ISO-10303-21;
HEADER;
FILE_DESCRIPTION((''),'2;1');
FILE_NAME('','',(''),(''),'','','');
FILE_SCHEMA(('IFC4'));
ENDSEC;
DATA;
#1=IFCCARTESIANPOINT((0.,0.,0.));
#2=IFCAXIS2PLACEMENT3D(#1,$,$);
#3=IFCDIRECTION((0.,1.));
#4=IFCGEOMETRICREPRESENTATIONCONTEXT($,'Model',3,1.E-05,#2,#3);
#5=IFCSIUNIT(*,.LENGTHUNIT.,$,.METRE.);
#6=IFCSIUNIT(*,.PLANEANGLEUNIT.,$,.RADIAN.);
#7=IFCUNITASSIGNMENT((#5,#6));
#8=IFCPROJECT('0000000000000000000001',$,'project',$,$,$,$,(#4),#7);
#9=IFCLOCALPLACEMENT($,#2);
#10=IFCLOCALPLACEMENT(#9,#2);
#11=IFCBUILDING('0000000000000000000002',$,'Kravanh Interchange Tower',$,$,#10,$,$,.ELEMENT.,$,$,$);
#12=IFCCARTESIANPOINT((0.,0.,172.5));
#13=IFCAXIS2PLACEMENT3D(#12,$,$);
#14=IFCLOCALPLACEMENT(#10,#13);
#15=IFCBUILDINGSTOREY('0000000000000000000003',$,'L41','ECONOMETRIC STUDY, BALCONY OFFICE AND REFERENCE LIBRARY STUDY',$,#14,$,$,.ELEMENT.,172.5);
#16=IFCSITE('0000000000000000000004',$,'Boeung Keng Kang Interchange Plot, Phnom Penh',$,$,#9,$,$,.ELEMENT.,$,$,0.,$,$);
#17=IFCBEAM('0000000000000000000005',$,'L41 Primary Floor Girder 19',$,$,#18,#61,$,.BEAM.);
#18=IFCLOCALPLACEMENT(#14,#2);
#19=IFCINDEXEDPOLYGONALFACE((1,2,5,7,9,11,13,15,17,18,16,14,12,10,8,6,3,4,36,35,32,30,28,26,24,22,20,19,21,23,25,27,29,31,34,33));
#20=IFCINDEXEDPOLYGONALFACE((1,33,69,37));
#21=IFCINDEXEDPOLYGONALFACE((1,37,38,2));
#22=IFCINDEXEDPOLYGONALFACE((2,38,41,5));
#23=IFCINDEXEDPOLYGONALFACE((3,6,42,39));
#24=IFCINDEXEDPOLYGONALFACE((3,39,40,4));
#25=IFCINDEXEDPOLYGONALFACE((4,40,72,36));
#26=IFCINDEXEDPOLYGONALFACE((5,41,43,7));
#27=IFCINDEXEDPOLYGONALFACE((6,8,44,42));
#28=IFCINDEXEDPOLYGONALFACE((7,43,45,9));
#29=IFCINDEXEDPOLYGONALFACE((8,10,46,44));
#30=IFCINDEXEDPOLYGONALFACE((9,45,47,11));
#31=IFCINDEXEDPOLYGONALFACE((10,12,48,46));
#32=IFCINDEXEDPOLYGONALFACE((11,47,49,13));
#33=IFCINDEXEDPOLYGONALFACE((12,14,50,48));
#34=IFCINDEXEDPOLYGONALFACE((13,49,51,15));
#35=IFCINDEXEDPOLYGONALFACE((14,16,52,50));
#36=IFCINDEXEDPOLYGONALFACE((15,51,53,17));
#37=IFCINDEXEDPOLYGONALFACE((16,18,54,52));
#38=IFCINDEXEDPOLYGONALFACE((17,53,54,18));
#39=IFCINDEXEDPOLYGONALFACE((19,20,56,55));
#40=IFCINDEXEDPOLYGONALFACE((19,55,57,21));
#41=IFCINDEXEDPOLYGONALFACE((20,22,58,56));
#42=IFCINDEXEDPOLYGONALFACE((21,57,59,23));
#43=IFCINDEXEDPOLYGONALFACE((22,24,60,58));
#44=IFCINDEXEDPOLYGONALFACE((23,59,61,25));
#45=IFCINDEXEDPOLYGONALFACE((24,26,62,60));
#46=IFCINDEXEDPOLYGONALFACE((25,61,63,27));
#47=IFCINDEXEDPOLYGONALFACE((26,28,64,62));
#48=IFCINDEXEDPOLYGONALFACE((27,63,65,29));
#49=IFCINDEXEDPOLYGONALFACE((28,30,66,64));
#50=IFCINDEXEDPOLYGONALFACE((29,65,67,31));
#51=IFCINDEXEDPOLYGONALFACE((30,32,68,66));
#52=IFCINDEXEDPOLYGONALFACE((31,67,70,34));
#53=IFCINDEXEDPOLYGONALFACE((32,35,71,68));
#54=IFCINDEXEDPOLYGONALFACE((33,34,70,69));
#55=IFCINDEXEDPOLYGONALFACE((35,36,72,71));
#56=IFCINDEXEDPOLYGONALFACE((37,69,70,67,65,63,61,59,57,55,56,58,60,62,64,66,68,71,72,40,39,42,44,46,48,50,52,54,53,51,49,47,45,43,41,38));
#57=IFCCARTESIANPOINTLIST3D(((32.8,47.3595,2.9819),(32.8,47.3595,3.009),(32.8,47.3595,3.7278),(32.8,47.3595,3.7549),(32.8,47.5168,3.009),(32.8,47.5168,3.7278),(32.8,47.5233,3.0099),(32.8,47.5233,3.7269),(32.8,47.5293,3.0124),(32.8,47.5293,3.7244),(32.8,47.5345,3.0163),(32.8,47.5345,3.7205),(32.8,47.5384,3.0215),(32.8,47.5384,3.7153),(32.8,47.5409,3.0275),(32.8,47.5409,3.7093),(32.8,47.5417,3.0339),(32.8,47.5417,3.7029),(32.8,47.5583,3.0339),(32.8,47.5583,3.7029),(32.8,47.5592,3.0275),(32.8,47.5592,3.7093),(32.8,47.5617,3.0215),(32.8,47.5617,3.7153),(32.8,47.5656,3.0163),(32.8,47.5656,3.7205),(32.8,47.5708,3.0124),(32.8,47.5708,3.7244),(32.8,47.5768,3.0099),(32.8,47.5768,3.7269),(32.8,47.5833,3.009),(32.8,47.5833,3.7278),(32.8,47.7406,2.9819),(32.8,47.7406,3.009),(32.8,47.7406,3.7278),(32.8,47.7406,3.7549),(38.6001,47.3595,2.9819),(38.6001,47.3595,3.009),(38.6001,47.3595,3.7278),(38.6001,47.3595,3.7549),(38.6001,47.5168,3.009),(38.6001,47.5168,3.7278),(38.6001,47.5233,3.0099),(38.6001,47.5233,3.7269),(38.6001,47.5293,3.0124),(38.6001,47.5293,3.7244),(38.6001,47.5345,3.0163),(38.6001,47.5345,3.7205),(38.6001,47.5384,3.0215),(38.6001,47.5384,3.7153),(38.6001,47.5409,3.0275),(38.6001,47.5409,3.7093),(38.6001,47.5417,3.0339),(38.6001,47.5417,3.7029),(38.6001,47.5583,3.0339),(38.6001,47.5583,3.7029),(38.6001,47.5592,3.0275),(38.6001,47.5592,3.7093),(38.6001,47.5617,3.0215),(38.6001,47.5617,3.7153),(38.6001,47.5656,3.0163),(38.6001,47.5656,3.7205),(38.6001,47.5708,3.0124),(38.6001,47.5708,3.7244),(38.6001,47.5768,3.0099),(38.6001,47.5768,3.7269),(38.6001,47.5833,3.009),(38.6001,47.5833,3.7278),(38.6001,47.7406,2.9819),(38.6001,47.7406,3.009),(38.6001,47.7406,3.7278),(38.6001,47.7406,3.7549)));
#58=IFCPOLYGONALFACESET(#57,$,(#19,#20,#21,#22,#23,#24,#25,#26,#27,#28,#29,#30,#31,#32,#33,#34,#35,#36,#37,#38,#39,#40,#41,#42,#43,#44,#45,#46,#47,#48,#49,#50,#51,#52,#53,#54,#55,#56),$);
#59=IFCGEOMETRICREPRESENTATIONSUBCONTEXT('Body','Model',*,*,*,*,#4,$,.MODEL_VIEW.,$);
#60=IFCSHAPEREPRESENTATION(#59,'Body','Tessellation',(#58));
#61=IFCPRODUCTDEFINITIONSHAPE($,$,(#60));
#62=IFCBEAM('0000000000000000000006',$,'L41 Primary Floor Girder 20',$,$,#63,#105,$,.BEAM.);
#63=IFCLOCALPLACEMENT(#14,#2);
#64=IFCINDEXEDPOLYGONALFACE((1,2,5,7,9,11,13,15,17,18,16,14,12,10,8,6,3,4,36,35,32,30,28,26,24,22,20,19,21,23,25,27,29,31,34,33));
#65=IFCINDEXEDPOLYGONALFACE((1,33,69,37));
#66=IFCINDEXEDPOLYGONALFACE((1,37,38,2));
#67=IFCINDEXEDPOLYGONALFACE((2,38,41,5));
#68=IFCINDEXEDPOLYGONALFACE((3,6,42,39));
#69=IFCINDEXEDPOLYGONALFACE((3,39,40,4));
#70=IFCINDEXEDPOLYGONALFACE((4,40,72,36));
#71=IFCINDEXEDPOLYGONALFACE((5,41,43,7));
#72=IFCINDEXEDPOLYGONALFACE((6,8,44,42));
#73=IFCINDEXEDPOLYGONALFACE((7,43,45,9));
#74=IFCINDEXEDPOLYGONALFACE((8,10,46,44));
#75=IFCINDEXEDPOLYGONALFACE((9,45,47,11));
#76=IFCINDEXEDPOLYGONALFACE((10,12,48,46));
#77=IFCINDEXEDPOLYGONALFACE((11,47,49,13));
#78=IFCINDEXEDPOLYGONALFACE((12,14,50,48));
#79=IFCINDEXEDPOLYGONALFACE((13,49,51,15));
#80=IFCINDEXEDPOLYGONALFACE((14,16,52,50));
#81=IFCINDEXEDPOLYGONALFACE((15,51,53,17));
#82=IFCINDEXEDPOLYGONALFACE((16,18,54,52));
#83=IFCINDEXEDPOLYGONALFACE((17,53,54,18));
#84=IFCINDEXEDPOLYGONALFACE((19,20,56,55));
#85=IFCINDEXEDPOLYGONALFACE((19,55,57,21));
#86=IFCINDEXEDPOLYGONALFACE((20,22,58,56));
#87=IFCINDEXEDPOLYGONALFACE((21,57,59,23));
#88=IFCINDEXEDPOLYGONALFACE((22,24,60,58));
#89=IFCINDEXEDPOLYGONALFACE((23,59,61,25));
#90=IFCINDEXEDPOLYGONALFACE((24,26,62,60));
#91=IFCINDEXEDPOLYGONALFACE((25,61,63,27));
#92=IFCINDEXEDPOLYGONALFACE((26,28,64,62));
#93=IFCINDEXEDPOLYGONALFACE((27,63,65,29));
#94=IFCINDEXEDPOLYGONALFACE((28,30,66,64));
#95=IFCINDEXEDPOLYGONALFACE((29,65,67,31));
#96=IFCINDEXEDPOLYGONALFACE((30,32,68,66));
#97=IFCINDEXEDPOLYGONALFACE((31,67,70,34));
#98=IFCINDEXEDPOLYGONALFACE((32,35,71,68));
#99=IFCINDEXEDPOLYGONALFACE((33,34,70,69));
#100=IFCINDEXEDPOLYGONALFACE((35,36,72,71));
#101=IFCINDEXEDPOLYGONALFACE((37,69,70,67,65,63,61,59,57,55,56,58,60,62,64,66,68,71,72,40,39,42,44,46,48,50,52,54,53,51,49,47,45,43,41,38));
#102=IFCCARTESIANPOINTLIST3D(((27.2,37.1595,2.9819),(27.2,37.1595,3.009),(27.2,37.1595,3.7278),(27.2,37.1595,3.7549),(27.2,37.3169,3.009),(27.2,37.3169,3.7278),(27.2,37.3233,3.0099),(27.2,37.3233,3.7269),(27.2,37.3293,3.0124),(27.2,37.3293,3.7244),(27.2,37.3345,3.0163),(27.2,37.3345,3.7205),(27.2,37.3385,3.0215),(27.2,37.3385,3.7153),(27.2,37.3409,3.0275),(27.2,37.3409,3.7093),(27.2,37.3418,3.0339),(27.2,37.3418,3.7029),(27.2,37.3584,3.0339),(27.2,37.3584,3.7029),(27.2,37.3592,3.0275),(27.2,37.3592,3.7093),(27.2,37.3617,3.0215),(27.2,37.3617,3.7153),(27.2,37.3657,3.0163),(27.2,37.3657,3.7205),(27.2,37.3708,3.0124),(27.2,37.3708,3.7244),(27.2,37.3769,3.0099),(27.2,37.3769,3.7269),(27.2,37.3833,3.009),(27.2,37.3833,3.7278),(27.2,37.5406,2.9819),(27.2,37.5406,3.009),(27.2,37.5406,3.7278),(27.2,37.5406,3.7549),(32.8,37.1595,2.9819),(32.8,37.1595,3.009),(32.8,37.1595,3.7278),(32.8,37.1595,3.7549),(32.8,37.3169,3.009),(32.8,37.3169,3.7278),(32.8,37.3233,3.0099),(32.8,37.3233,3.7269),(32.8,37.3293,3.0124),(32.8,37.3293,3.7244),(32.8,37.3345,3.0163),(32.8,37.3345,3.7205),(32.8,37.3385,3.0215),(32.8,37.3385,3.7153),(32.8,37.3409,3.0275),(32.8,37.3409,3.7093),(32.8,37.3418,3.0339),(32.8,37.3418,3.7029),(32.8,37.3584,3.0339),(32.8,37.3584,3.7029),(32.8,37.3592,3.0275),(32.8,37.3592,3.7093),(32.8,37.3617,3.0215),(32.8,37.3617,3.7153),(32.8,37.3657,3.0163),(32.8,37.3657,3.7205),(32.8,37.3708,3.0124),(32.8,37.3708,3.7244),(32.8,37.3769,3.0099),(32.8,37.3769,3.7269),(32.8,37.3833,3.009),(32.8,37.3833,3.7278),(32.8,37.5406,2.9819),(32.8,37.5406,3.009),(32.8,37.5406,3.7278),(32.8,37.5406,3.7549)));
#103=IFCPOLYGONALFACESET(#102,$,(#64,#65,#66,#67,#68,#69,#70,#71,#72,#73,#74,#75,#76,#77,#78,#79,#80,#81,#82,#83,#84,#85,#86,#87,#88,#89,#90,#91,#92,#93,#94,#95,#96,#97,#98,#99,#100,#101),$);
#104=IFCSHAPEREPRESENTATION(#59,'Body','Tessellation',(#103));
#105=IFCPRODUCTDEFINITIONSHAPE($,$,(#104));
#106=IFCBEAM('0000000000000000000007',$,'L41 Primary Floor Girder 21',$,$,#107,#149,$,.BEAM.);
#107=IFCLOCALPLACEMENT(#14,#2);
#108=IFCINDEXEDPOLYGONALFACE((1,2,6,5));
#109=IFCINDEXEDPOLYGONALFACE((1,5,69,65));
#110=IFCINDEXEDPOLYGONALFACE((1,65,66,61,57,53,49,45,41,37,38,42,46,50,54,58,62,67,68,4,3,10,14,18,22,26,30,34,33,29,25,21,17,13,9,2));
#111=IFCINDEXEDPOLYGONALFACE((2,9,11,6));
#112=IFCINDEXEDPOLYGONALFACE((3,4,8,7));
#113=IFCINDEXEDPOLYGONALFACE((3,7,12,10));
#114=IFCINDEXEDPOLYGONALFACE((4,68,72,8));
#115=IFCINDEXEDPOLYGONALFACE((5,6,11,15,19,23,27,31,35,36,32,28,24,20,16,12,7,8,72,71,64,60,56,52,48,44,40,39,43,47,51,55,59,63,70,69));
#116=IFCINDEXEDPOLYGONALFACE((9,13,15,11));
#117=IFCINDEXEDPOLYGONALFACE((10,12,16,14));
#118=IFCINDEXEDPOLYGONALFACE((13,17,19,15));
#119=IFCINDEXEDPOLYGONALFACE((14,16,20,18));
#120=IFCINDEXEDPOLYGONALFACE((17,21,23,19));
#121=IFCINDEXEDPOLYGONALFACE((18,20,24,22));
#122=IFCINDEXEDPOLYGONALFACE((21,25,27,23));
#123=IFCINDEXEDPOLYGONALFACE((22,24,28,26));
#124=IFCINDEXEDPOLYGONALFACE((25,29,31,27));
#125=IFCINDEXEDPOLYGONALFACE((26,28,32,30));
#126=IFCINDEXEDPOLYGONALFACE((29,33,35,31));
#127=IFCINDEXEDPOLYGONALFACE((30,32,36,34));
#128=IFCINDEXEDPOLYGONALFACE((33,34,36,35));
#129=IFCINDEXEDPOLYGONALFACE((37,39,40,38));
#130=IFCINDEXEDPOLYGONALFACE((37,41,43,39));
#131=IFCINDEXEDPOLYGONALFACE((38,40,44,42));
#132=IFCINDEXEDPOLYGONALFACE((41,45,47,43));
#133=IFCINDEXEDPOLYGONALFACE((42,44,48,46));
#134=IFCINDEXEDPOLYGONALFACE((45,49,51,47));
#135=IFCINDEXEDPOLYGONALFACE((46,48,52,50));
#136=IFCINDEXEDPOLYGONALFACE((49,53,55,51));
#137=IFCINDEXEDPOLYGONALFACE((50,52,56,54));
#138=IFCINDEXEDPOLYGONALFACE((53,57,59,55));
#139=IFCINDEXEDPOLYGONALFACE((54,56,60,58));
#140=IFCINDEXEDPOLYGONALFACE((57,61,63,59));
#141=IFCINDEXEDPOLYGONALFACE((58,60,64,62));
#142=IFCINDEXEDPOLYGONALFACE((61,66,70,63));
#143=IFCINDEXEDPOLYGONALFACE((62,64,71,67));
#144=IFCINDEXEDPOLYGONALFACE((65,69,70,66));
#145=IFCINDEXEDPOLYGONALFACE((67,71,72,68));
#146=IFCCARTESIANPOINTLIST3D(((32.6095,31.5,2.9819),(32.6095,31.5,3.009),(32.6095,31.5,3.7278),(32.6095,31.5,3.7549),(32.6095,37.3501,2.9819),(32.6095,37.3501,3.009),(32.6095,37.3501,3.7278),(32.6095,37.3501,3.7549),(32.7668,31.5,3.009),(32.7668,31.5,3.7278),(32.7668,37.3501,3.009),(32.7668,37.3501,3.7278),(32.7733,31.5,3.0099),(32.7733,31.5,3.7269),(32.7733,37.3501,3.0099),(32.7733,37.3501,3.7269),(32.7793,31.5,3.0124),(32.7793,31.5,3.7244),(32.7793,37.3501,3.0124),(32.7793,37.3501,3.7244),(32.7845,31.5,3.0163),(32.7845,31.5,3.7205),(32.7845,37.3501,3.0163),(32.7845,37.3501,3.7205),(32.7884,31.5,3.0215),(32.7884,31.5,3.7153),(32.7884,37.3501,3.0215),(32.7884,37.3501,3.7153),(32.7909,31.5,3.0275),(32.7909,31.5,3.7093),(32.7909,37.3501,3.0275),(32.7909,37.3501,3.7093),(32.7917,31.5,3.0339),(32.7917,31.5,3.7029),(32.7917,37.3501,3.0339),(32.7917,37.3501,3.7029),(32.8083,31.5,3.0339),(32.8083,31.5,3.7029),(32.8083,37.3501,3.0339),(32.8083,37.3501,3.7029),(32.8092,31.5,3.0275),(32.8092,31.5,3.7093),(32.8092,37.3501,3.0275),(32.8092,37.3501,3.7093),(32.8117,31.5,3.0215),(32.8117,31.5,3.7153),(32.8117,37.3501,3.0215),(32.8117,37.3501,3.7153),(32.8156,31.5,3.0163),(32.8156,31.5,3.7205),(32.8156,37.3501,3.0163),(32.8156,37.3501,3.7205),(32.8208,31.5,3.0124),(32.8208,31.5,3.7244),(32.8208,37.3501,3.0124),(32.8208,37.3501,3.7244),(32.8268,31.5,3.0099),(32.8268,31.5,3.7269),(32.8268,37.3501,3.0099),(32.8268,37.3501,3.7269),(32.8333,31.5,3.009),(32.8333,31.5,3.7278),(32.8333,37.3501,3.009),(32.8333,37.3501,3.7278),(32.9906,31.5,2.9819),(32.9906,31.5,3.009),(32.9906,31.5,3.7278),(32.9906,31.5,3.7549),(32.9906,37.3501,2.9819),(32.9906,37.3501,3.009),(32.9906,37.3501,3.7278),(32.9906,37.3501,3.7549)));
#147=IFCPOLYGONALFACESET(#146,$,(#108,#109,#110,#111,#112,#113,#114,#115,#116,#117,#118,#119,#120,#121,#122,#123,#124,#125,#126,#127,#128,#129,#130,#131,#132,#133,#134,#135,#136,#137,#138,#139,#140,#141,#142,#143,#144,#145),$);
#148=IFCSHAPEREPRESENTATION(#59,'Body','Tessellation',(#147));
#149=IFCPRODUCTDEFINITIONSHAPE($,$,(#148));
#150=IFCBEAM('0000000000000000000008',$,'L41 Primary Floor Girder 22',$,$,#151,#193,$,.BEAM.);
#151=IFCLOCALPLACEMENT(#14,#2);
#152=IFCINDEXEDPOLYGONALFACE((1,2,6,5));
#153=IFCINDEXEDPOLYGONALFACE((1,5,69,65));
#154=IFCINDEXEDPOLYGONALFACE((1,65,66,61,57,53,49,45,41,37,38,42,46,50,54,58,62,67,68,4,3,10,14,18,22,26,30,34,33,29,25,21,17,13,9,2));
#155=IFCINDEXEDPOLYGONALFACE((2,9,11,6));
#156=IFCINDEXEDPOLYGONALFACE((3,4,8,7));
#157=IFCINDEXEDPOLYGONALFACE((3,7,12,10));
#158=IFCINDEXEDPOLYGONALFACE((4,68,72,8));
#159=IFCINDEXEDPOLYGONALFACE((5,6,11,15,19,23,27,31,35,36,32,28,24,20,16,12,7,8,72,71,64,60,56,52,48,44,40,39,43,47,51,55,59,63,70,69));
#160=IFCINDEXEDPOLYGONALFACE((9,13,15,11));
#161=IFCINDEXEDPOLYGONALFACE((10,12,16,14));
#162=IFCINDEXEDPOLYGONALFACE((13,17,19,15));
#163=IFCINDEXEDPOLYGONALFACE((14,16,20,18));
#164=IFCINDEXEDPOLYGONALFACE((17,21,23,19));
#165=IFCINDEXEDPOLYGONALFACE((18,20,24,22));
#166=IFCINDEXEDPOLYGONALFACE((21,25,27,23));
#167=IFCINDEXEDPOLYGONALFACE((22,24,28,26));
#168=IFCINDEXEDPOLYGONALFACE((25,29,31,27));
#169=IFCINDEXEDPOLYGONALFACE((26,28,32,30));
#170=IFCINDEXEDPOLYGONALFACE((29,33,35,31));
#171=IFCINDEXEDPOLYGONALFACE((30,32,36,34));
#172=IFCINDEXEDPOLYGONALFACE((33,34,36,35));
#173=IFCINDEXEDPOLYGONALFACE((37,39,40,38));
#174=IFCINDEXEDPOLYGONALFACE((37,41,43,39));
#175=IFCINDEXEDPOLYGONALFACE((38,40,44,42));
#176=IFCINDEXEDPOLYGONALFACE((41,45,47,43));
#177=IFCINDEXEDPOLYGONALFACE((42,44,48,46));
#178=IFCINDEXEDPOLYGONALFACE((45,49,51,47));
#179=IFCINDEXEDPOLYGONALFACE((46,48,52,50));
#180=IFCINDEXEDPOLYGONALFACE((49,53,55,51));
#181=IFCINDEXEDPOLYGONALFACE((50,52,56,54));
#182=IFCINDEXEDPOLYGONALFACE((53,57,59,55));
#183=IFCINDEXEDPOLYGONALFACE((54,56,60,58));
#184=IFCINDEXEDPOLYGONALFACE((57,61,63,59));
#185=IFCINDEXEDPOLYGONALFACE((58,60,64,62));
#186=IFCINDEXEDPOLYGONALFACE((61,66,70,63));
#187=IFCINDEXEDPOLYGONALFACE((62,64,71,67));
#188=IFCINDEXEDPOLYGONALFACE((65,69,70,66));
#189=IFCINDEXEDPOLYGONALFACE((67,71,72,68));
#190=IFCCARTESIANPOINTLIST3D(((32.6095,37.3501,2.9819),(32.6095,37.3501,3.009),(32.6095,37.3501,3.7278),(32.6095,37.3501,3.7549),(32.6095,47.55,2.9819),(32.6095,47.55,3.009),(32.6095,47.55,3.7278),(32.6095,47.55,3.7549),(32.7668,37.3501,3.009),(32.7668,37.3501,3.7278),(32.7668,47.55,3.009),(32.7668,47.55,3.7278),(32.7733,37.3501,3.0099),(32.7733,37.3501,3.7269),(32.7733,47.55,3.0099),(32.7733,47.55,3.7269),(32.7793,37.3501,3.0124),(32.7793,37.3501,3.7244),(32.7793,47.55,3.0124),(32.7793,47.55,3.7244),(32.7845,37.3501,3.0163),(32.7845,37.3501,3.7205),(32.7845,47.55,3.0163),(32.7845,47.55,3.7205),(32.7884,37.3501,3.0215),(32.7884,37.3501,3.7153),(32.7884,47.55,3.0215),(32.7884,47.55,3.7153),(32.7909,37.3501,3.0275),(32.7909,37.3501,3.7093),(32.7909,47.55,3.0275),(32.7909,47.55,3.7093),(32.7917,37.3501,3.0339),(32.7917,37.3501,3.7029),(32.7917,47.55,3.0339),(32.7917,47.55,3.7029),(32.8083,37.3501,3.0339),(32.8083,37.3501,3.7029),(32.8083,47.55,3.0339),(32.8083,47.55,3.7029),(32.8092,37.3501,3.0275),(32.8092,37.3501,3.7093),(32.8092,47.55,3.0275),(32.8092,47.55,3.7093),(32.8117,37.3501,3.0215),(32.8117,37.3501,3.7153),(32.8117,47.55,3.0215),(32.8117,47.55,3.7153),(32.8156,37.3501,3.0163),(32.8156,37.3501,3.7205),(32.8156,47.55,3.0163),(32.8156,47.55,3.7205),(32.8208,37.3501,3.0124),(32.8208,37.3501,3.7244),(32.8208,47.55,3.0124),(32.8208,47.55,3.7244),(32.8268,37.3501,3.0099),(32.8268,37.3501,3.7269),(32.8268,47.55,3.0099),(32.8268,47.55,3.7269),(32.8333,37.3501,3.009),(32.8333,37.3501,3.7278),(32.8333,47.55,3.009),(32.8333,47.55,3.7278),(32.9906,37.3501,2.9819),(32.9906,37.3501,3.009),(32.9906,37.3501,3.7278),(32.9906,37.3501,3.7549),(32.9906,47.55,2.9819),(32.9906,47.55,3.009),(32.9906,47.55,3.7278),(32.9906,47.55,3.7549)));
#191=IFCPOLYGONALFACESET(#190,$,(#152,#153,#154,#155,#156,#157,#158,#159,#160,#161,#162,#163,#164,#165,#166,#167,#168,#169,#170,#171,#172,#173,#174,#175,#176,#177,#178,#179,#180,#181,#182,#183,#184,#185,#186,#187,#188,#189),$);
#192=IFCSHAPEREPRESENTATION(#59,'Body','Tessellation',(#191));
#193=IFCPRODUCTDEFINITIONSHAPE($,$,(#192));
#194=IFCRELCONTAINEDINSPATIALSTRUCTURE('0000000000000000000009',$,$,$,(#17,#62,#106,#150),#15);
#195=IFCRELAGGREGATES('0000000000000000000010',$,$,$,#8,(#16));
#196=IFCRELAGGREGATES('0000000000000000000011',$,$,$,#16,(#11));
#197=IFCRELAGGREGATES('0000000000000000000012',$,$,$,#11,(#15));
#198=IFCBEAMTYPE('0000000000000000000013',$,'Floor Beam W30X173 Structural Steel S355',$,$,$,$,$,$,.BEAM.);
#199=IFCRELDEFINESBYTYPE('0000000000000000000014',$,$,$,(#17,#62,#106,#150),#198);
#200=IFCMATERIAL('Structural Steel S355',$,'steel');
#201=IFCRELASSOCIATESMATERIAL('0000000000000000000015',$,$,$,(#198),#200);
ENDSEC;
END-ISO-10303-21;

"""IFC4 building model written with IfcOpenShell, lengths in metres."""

from ifc_helpers import new_model, si_unit, direction, frame, origin, origin_2d, place, context, subcontext, project, spatial, i_section, extrude, material, material_profile, profile_set, type_object, element, save


model = new_model("IFC4")

# Units and contexts
model_context = context("Model", 3, precision=1e-05, world=origin(), true_north=direction((0.0, 1.0)))
body_context = subcontext(model_context, "Body", "Model", "MODEL_VIEW")
ifc_project = project(units=[si_unit("LENGTHUNIT", "METRE"), si_unit("PLANEANGLEUNIT", "RADIAN")], contexts=[model_context])

# Site, building, storey
site_placement = place(None, origin())
site = spatial("IfcSite", under=ifc_project, at=site_placement, Name="Boeung Keng Kang Interchange Plot, Phnom Penh", CompositionType="ELEMENT", RefElevation=0.0)
building_placement = place(site_placement, origin())
building = spatial("IfcBuilding", under=site, at=building_placement, Name="Kravanh Interchange Tower", CompositionType="ELEMENT")
storey_placement = place(building_placement, frame((0.0, 0.0, 172.5)))
storey = spatial("IfcBuildingStorey", under=building, at=storey_placement, Name="L41", Description="ECONOMETRIC STUDY, BALCONY OFFICE AND REFERENCE LIBRARY STUDY", CompositionType="ELEMENT", Elevation=172.5)

# Beams
ifc_material_1 = material(Name="Structural Steel S355", Category="steel")
ifc_material_profile_1 = material_profile(ifc_material_1, i_section(OverallWidth=0.3811, OverallDepth=0.7729, WebThickness=0.0166, FlangeThickness=0.0271, FilletRadius=0.0249, at=origin_2d()), Name="W30X173")
ifc_profile_set_1 = profile_set([ifc_material_profile_1], Name="Structural Steel S355")
beam_type = type_object("IfcBeamType", Name="Floor Beam W30X173 Structural Steel S355", PredefinedType="BEAM", material=ifc_profile_set_1)
beam_1_placement = place(storey_placement, frame((38.6001, 47.55, 3.3684), z_axis=(-1.0, 0.0, 0.0), x_axis=(0.0, -1.0, 0.0)))
element("IfcBeam", 1, at=beam_1_placement, inside=storey, type_object=beam_type, Name="L41 Primary Floor Girder 19", PredefinedType="BEAM", context=body_context, shape_type="SweptSolid", body=[
    extrude(i_section(OverallWidth=0.3811, OverallDepth=0.7729, WebThickness=0.0166, FlangeThickness=0.0271, FilletRadius=0.0249, at=origin_2d()), origin(), (0.0, 0.0, 1.0), 5.8),
])
beam_2_placement = place(storey_placement, frame((32.8, 37.3501, 3.3684), z_axis=(-1.0, 0.0, 0.0), x_axis=(0.0, -1.0, 0.0)))
element("IfcBeam", 2, at=beam_2_placement, inside=storey, type_object=beam_type, Name="L41 Primary Floor Girder 20", PredefinedType="BEAM", context=body_context, shape_type="SweptSolid", body=[
    extrude(i_section(OverallWidth=0.3811, OverallDepth=0.7729, WebThickness=0.0166, FlangeThickness=0.0271, FilletRadius=0.0249, at=origin_2d()), origin(), (0.0, 0.0, 1.0), 5.6001),
])
beam_3_placement = place(storey_placement, frame((32.8, 37.3501, 3.3684), z_axis=(0.0, -1.0, 0.0), x_axis=(1.0, 0.0, 0.0)))
element("IfcBeam", 3, at=beam_3_placement, inside=storey, type_object=beam_type, Name="L41 Primary Floor Girder 21", PredefinedType="BEAM", context=body_context, shape_type="SweptSolid", body=[
    extrude(i_section(OverallWidth=0.3811, OverallDepth=0.7729, WebThickness=0.0166, FlangeThickness=0.0271, FilletRadius=0.0249, at=origin_2d()), origin(), (0.0, 0.0, 1.0), 5.8501),
])
beam_4_placement = place(storey_placement, frame((32.8, 37.3501, 3.3684), z_axis=(0.0, 1.0, 0.0), x_axis=(-1.0, 0.0, 0.0)))
element("IfcBeam", 4, at=beam_4_placement, inside=storey, type_object=beam_type, Name="L41 Primary Floor Girder 22", PredefinedType="BEAM", context=body_context, shape_type="SweptSolid", body=[
    extrude(i_section(OverallWidth=0.3811, OverallDepth=0.7729, WebThickness=0.0166, FlangeThickness=0.0271, FilletRadius=0.0249, at=origin_2d()), origin(), (0.0, 0.0, 1.0), 10.2),
])

save(model, "model.ifc")
